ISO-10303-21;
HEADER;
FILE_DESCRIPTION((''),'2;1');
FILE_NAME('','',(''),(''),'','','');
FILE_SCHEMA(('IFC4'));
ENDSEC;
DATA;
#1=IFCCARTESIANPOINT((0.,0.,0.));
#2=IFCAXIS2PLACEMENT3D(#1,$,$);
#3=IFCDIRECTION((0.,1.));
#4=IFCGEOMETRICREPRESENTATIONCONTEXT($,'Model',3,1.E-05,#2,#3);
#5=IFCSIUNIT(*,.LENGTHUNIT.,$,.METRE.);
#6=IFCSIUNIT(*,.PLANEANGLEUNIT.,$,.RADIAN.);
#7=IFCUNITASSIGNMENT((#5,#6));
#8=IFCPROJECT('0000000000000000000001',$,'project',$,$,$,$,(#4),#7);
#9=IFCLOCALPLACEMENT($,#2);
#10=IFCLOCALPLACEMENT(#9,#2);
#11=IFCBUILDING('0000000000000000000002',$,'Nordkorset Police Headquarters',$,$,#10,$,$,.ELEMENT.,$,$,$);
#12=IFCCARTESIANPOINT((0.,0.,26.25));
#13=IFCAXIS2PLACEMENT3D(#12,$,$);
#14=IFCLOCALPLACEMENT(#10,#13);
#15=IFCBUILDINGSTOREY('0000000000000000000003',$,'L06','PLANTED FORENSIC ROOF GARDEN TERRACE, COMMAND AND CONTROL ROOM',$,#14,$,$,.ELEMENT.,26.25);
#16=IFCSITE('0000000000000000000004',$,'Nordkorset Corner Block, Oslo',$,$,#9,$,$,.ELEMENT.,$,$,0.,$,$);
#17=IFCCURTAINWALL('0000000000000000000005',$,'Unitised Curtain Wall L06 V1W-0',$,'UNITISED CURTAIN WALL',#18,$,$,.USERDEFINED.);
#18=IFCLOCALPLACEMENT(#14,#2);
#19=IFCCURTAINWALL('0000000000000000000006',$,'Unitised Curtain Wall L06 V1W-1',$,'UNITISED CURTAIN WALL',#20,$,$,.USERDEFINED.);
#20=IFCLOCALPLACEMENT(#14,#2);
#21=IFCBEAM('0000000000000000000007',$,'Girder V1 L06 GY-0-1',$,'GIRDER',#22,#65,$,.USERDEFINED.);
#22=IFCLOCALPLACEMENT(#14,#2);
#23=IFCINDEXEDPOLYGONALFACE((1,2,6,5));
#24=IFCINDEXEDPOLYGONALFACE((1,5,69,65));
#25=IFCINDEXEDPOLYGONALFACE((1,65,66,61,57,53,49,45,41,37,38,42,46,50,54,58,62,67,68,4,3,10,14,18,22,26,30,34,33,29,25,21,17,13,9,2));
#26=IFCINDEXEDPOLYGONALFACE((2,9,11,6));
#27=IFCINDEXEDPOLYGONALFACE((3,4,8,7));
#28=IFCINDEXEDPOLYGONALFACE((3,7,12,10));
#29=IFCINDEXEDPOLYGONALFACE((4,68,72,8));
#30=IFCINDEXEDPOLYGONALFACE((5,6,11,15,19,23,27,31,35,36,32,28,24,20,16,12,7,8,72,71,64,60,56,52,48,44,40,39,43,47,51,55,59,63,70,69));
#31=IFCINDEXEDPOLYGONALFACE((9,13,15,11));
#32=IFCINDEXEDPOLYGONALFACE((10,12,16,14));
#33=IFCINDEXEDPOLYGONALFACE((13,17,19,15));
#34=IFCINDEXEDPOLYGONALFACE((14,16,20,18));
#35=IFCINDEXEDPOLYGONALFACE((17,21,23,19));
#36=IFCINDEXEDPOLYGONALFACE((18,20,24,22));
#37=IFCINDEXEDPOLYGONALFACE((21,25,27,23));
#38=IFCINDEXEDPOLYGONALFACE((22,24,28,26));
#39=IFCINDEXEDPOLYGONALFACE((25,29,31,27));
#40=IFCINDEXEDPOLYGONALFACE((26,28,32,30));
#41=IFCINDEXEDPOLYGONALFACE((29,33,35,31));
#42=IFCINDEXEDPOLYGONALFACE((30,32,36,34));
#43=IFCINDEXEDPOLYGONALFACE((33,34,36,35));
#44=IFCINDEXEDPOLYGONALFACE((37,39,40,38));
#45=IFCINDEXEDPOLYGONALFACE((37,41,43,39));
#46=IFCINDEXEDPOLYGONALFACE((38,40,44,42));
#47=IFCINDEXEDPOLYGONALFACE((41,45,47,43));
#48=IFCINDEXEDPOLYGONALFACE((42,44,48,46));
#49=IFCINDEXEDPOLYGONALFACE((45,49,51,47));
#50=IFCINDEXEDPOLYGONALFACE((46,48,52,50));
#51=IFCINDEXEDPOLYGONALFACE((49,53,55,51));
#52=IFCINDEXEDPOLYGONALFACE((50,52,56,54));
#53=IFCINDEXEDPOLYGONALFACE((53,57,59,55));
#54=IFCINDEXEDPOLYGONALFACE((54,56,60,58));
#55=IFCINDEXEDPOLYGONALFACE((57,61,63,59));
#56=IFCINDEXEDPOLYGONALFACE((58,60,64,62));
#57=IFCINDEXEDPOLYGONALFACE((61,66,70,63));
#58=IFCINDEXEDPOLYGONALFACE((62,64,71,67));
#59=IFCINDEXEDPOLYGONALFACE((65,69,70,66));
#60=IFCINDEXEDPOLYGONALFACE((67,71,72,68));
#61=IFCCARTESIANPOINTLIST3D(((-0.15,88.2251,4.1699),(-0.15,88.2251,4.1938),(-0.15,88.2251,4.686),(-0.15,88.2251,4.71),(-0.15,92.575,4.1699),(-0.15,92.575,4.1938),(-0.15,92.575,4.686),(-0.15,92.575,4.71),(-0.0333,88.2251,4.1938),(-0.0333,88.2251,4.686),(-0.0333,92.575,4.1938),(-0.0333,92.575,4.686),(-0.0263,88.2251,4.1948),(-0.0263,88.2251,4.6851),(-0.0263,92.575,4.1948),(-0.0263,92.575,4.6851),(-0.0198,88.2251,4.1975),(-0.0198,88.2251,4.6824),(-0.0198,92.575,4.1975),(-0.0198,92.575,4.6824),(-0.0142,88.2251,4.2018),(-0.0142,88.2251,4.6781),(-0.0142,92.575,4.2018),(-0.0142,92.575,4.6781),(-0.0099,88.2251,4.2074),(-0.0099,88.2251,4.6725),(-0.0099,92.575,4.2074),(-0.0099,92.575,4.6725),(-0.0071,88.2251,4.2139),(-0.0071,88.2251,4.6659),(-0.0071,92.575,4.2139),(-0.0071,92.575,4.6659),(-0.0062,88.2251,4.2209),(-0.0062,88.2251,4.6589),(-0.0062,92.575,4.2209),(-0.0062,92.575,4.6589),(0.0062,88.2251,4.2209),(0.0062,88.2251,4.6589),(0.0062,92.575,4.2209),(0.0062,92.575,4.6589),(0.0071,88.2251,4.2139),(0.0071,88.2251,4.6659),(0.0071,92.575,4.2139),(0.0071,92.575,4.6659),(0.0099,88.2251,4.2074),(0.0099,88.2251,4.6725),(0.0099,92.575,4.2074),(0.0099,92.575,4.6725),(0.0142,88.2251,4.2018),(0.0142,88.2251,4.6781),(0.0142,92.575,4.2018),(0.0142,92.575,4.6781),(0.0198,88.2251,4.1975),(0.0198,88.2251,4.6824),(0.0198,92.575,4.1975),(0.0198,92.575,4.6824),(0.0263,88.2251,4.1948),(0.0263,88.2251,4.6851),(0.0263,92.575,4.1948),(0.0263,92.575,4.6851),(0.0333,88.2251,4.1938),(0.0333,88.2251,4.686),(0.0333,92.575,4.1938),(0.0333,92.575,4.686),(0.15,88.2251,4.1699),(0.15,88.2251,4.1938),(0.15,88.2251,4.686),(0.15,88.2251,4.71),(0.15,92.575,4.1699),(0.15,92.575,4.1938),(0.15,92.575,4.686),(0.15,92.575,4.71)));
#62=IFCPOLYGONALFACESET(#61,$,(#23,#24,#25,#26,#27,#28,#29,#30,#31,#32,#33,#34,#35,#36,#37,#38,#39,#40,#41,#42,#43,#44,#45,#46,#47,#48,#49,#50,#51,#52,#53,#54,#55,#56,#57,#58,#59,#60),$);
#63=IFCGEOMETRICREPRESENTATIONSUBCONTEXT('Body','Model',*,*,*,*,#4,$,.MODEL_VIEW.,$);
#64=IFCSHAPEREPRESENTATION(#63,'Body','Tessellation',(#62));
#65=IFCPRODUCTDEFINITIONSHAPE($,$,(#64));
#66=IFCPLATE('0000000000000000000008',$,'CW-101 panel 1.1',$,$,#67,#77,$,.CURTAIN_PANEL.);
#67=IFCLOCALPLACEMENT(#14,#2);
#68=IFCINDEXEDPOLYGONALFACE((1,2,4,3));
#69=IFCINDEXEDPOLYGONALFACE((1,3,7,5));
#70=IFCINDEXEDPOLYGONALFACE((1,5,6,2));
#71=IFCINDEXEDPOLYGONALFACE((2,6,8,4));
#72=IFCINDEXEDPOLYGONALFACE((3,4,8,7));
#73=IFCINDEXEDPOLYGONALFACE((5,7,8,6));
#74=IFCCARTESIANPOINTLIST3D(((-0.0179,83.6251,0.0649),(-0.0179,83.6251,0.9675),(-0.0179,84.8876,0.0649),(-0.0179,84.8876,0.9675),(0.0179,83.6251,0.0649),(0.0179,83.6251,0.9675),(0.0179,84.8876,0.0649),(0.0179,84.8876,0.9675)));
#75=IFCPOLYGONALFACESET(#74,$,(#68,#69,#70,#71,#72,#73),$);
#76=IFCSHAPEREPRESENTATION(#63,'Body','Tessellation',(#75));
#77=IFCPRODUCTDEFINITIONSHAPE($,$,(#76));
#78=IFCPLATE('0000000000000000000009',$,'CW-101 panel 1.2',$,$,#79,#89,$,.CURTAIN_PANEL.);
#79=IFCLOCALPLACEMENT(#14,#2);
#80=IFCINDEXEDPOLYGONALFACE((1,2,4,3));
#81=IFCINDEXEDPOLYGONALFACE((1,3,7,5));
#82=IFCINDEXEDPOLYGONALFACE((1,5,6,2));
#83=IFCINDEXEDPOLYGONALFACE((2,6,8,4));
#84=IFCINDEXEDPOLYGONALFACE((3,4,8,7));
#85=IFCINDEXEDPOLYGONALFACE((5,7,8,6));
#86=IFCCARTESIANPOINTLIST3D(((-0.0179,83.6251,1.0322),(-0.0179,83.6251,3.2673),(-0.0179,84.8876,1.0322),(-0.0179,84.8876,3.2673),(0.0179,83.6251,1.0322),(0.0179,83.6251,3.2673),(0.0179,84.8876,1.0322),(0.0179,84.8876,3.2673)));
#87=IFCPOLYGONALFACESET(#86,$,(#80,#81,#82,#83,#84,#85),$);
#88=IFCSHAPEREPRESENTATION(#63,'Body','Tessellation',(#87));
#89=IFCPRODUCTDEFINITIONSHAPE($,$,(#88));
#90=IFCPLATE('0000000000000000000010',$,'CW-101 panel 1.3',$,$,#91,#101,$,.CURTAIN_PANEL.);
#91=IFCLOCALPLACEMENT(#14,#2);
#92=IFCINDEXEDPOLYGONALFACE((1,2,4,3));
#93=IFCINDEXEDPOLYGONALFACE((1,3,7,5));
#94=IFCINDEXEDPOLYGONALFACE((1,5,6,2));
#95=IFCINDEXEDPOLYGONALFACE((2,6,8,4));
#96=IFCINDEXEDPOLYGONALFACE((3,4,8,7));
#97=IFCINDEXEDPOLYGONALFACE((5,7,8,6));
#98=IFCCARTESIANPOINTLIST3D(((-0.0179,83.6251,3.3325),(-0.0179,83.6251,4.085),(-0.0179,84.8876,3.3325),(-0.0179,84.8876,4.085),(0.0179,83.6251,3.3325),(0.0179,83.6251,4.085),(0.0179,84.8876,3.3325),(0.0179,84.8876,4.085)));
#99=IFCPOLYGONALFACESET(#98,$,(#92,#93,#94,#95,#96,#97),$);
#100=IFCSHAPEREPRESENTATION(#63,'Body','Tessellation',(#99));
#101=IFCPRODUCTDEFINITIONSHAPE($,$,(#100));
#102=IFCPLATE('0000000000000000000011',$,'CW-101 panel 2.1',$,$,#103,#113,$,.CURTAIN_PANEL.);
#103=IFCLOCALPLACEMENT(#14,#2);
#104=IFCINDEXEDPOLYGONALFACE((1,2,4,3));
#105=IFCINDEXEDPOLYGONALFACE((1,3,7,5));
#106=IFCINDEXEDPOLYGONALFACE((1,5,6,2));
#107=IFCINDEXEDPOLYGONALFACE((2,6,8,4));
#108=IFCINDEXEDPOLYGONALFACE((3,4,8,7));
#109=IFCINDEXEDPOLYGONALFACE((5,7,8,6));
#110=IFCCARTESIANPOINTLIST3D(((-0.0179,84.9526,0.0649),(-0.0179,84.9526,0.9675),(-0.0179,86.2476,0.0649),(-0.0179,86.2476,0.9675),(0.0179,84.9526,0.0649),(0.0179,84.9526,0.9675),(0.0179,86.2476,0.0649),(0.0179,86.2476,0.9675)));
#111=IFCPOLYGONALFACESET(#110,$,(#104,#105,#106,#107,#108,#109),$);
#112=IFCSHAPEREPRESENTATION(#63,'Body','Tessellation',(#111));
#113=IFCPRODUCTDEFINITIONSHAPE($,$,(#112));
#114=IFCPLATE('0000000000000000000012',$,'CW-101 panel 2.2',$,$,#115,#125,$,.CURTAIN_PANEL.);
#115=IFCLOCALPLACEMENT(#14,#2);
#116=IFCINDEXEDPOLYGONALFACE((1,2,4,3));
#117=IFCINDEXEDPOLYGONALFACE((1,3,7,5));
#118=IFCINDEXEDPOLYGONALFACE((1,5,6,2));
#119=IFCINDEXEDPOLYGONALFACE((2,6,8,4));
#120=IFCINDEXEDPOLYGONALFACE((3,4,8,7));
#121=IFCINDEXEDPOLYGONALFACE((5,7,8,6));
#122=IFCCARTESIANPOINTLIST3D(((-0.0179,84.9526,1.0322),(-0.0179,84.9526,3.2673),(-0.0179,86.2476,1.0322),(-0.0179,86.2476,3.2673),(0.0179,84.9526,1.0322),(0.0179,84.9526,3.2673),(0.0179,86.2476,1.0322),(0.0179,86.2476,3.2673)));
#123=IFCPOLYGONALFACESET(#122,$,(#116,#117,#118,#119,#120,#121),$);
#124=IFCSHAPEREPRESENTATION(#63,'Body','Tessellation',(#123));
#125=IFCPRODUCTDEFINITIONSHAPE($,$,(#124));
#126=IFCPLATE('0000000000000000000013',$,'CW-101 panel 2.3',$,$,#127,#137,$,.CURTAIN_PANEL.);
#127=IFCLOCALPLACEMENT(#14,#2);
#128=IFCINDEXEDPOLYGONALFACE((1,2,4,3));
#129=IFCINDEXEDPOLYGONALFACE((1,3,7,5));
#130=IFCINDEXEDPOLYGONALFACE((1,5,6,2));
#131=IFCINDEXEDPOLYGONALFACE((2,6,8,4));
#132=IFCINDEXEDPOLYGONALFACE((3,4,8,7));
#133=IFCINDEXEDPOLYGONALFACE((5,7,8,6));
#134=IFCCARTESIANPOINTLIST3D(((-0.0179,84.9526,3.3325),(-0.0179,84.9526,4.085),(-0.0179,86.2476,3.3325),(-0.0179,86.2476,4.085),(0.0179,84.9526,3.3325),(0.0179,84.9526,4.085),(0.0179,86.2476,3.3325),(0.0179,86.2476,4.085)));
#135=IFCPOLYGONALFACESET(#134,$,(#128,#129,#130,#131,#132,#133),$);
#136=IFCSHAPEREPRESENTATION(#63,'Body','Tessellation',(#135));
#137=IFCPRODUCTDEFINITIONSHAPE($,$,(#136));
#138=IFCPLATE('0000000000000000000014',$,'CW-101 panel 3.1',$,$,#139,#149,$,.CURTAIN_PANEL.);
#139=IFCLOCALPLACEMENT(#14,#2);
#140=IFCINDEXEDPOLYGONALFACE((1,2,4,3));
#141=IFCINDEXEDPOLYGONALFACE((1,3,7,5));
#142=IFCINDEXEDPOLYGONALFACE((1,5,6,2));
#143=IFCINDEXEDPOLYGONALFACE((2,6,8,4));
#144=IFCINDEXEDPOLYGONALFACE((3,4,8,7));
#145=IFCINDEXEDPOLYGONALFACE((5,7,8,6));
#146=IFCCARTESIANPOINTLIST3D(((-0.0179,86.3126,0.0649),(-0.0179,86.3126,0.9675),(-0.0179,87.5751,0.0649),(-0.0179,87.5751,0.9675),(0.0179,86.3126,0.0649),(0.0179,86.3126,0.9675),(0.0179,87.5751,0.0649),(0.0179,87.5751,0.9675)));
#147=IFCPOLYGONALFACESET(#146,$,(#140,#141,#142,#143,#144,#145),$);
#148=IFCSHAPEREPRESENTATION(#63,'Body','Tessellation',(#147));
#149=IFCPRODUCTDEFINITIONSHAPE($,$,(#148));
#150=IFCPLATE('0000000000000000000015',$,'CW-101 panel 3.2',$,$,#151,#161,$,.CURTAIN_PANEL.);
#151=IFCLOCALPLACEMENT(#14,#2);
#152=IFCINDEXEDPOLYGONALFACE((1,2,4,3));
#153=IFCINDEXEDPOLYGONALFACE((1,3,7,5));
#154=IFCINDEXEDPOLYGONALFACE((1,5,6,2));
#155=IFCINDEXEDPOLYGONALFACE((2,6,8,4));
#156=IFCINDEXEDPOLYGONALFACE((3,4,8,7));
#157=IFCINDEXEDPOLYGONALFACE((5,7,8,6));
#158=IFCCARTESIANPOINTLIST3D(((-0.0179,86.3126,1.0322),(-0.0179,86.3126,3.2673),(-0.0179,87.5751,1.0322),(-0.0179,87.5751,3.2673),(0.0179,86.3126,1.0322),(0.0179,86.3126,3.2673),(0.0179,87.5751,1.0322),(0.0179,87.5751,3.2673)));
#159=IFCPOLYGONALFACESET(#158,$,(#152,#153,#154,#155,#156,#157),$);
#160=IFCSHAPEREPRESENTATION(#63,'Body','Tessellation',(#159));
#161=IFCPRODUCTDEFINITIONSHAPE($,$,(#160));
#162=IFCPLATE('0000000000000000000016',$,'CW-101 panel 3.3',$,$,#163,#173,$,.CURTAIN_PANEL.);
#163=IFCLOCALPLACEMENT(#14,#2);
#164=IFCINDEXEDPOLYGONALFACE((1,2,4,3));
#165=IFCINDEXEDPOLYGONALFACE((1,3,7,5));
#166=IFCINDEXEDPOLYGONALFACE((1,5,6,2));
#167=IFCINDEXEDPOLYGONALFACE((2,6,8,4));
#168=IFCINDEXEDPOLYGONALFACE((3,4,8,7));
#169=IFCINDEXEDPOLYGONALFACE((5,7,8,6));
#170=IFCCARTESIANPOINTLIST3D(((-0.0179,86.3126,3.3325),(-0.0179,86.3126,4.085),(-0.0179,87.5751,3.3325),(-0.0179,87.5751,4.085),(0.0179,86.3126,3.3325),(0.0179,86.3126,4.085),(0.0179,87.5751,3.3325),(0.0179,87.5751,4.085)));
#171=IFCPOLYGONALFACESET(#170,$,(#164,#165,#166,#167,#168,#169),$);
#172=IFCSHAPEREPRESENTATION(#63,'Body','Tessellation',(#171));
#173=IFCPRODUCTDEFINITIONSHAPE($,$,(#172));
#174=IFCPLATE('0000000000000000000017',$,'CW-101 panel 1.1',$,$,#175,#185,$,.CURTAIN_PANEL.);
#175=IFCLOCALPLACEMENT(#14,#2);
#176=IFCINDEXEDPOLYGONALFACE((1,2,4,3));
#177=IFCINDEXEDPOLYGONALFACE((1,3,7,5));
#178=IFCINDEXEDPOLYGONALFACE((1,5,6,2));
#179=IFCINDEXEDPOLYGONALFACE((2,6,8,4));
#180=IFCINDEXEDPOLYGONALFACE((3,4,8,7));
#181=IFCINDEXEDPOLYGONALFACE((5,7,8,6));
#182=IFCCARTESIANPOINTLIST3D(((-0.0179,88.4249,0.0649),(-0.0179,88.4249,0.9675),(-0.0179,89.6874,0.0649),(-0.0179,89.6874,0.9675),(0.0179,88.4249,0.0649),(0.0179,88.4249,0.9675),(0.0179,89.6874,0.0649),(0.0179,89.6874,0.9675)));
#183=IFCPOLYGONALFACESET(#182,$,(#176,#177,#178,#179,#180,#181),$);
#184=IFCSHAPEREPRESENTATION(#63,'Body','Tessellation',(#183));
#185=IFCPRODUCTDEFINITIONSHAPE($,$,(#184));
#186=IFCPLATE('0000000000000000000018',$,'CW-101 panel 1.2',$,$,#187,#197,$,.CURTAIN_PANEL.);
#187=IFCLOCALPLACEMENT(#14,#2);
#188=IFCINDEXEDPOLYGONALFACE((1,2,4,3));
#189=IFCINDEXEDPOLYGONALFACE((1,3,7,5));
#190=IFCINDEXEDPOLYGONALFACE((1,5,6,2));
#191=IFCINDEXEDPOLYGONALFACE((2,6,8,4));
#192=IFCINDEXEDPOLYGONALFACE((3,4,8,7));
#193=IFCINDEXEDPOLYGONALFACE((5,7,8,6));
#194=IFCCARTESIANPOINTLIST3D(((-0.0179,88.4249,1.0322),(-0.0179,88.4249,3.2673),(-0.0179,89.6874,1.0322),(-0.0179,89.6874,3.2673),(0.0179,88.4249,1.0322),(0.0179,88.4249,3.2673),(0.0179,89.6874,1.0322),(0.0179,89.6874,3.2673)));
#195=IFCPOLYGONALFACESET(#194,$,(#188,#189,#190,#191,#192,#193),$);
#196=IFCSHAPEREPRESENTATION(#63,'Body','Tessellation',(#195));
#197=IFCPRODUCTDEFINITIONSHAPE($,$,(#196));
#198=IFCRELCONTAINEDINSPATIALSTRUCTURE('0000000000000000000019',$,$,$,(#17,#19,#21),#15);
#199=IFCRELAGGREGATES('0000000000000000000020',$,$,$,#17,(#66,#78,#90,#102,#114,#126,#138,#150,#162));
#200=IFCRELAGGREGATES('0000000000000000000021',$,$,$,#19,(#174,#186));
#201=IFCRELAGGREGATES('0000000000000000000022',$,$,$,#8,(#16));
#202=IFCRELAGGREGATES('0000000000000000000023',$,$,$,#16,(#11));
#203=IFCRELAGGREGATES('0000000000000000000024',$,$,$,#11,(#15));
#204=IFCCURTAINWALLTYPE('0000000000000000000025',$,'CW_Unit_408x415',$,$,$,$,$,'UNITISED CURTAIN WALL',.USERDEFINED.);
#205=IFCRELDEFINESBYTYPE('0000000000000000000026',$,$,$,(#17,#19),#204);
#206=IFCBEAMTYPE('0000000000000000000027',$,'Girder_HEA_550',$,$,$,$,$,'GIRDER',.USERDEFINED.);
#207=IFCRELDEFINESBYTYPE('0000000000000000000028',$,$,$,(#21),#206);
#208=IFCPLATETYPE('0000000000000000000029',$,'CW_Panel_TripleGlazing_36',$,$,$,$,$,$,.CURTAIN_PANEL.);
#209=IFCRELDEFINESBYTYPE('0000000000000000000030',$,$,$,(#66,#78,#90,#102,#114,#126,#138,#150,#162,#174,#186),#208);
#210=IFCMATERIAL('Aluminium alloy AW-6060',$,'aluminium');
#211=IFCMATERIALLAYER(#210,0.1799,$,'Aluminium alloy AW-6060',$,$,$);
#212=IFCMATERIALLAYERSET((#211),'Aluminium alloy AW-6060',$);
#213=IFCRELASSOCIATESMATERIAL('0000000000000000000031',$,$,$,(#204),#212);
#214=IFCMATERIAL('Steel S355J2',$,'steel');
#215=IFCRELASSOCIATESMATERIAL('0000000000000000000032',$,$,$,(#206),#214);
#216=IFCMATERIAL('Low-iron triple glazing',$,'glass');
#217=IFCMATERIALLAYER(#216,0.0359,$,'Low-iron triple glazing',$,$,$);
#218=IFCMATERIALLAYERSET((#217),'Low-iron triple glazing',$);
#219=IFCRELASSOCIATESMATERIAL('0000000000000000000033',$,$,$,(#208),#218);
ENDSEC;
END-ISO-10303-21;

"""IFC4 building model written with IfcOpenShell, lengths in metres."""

from ifc_helpers import new_model, si_unit, direction, frame, origin, origin_2d, place, context, subcontext, project, spatial, rectangle, i_section, extrude, material, layer, layer_set, material_profile, profile_set, type_object, element, aggregate, save


model = new_model("IFC4")

# Units and contexts
model_context = context("Model", 3, precision=1e-05, world=origin(), true_north=direction((0.0, 1.0)))
body_context = subcontext(model_context, "Body", "Model", "MODEL_VIEW")
ifc_project = project(units=[si_unit("LENGTHUNIT", "METRE"), si_unit("PLANEANGLEUNIT", "RADIAN")], contexts=[model_context])

# Site, building, storey
site_placement = place(None, origin())
site = spatial("IfcSite", under=ifc_project, at=site_placement, Name="Nordkorset Corner Block, Oslo", CompositionType="ELEMENT", RefElevation=0.0)
building_placement = place(site_placement, origin())
building = spatial("IfcBuilding", under=site, at=building_placement, Name="Nordkorset Police Headquarters", CompositionType="ELEMENT")
storey_placement = place(building_placement, frame((0.0, 0.0, 26.25)))
storey = spatial("IfcBuildingStorey", under=building, at=storey_placement, Name="L06", Description="PLANTED FORENSIC ROOF GARDEN TERRACE, COMMAND AND CONTROL ROOM", CompositionType="ELEMENT", Elevation=26.25)

# Curtain wall
ifc_material_1 = material(Name="Aluminium alloy AW-6060", Category="aluminium")
ifc_layer_1 = layer(ifc_material_1, 0.1799, Name="Aluminium alloy AW-6060")
ifc_layer_set_1 = layer_set([ifc_layer_1], Name="Aluminium alloy AW-6060")
curtain_wall_type = type_object("IfcCurtainWallType", Name="CW_Unit_408x415", ElementType="UNITISED CURTAIN WALL", PredefinedType="USERDEFINED", material=ifc_layer_set_1)
curtain_wall_1_placement = place(storey_placement, origin())
curtain_wall_1 = element("IfcCurtainWall", 1, at=curtain_wall_1_placement, inside=storey, type_object=curtain_wall_type, Name="Unitised Curtain Wall L06 V1W-0", ObjectType="UNITISED CURTAIN WALL", PredefinedType="USERDEFINED")

# Curtain wall
curtain_wall_2_placement = place(storey_placement, origin())
curtain_wall_2 = element("IfcCurtainWall", 2, at=curtain_wall_2_placement, inside=storey, type_object=curtain_wall_type, Name="Unitised Curtain Wall L06 V1W-1", ObjectType="UNITISED CURTAIN WALL", PredefinedType="USERDEFINED")

# Beam
ifc_material_2 = material(Name="Steel S355J2", Category="steel")
ifc_material_profile_1 = material_profile(ifc_material_2, i_section(OverallWidth=0.3, OverallDepth=0.54, WebThickness=0.0125, FlangeThickness=0.0239, FilletRadius=0.0271, at=origin_2d()), Name="HEA 550")
ifc_profile_set_1 = profile_set([ifc_material_profile_1], Name="Steel S355J2")
beam_type = type_object("IfcBeamType", Name="Girder_HEA_550", ElementType="GIRDER", PredefinedType="USERDEFINED", material=ifc_profile_set_1)
for number, where, z_axis, x_axis, name in (
    (3, (0.0, 88.2251, 4.4399), (0.0, 1.0, 0.0), (-1.0, 0.0, 0.0), "Girder V1 L06 GY-0-1"),
):
    element("IfcBeam", number, at=place(storey_placement, frame(where, z_axis=z_axis, x_axis=x_axis)), inside=storey, type_object=beam_type, Name=name, ObjectType="GIRDER", PredefinedType="USERDEFINED", context=body_context, shape_type="SweptSolid", body=[
        extrude(i_section(OverallWidth=0.3, OverallDepth=0.54, WebThickness=0.0125, FlangeThickness=0.0239, FilletRadius=0.0271, at=origin_2d()), origin(), (0.0, 0.0, 1.0), 4.3499),
    ])

# Plates
ifc_material_3 = material(Name="Low-iron triple glazing", Category="glass")
ifc_layer_2 = layer(ifc_material_3, 0.0359, Name="Low-iron triple glazing")
ifc_layer_set_2 = layer_set([ifc_layer_2], Name="Low-iron triple glazing")
plate_type = type_object("IfcPlateType", Name="CW_Panel_TripleGlazing_36", PredefinedType="CURTAIN_PANEL", material=ifc_layer_set_2)
plate_1_placement = place(storey_placement, frame((0.0, 84.2563, 0.0649), z_axis=(0.0, 0.0, 1.0), x_axis=(0.0, 1.0, 0.0)))
plate_1 = element("IfcPlate", 4, at=plate_1_placement, type_object=plate_type, Name="CW-101 panel 1.1", PredefinedType="CURTAIN_PANEL", context=body_context, shape_type="SweptSolid", body=[
    extrude(rectangle(XDim=1.2625, YDim=0.0359, at=origin_2d()), origin(), (0.0, 0.0, 1.0), 0.9026),
])
plate_2_placement = place(storey_placement, frame((0.0, 84.2563, 1.0322), z_axis=(0.0, 0.0, 1.0), x_axis=(0.0, 1.0, 0.0)))
plate_2 = element("IfcPlate", 5, at=plate_2_placement, type_object=plate_type, Name="CW-101 panel 1.2", PredefinedType="CURTAIN_PANEL", context=body_context, shape_type="SweptSolid", body=[
    extrude(rectangle(XDim=1.2625, YDim=0.0359, at=origin_2d()), origin(), (0.0, 0.0, 1.0), 2.2351),
])
plate_3_placement = place(storey_placement, frame((0.0, 84.2563, 3.3325), z_axis=(0.0, 0.0, 1.0), x_axis=(0.0, 1.0, 0.0)))
plate_3 = element("IfcPlate", 6, at=plate_3_placement, type_object=plate_type, Name="CW-101 panel 1.3", PredefinedType="CURTAIN_PANEL", context=body_context, shape_type="SweptSolid", body=[
    extrude(rectangle(XDim=1.2625, YDim=0.0359, at=origin_2d()), origin(), (0.0, 0.0, 1.0), 0.7524),
])
plate_4_placement = place(storey_placement, frame((0.0, 85.6001, 0.0649), z_axis=(0.0, 0.0, 1.0), x_axis=(0.0, 1.0, 0.0)))
plate_4 = element("IfcPlate", 7, at=plate_4_placement, type_object=plate_type, Name="CW-101 panel 2.1", PredefinedType="CURTAIN_PANEL", context=body_context, shape_type="SweptSolid", body=[
    extrude(rectangle(XDim=1.2949, YDim=0.0359, at=origin_2d()), origin(), (0.0, 0.0, 1.0), 0.9026),
])
plate_5_placement = place(storey_placement, frame((0.0, 85.6001, 1.0322), z_axis=(0.0, 0.0, 1.0), x_axis=(0.0, 1.0, 0.0)))
plate_5 = element("IfcPlate", 8, at=plate_5_placement, type_object=plate_type, Name="CW-101 panel 2.2", PredefinedType="CURTAIN_PANEL", context=body_context, shape_type="SweptSolid", body=[
    extrude(rectangle(XDim=1.2949, YDim=0.0359, at=origin_2d()), origin(), (0.0, 0.0, 1.0), 2.2351),
])
plate_6_placement = place(storey_placement, frame((0.0, 85.6001, 3.3325), z_axis=(0.0, 0.0, 1.0), x_axis=(0.0, 1.0, 0.0)))
plate_6 = element("IfcPlate", 9, at=plate_6_placement, type_object=plate_type, Name="CW-101 panel 2.3", PredefinedType="CURTAIN_PANEL", context=body_context, shape_type="SweptSolid", body=[
    extrude(rectangle(XDim=1.2949, YDim=0.0359, at=origin_2d()), origin(), (0.0, 0.0, 1.0), 0.7524),
])
plate_7_placement = place(storey_placement, frame((0.0, 86.9438, 0.0649), z_axis=(0.0, 0.0, 1.0), x_axis=(0.0, 1.0, 0.0)))
plate_7 = element("IfcPlate", 10, at=plate_7_placement, type_object=plate_type, Name="CW-101 panel 3.1", PredefinedType="CURTAIN_PANEL", context=body_context, shape_type="SweptSolid", body=[
    extrude(rectangle(XDim=1.2625, YDim=0.0359, at=origin_2d()), origin(), (0.0, 0.0, 1.0), 0.9026),
])
plate_8_placement = place(storey_placement, frame((0.0, 86.9438, 1.0322), z_axis=(0.0, 0.0, 1.0), x_axis=(0.0, 1.0, 0.0)))
plate_8 = element("IfcPlate", 11, at=plate_8_placement, type_object=plate_type, Name="CW-101 panel 3.2", PredefinedType="CURTAIN_PANEL", context=body_context, shape_type="SweptSolid", body=[
    extrude(rectangle(XDim=1.2625, YDim=0.0359, at=origin_2d()), origin(), (0.0, 0.0, 1.0), 2.2351),
])
plate_9_placement = place(storey_placement, frame((0.0, 86.9438, 3.3325), z_axis=(0.0, 0.0, 1.0), x_axis=(0.0, 1.0, 0.0)))
plate_9 = element("IfcPlate", 12, at=plate_9_placement, type_object=plate_type, Name="CW-101 panel 3.3", PredefinedType="CURTAIN_PANEL", context=body_context, shape_type="SweptSolid", body=[
    extrude(rectangle(XDim=1.2625, YDim=0.0359, at=origin_2d()), origin(), (0.0, 0.0, 1.0), 0.7524),
])
aggregate(curtain_wall_1, [plate_1, plate_2, plate_3, plate_4, plate_5, plate_6, plate_7, plate_8, plate_9])
plate_10_placement = place(storey_placement, frame((0.0, 89.0562, 0.0649), z_axis=(0.0, 0.0, 1.0), x_axis=(0.0, 1.0, 0.0)))
plate_10 = element("IfcPlate", 13, at=plate_10_placement, type_object=plate_type, Name="CW-101 panel 1.1", PredefinedType="CURTAIN_PANEL", context=body_context, shape_type="SweptSolid", body=[
    extrude(rectangle(XDim=1.2625, YDim=0.0359, at=origin_2d()), origin(), (0.0, 0.0, 1.0), 0.9026),
])
plate_11_placement = place(storey_placement, frame((0.0, 89.0562, 1.0322), z_axis=(0.0, 0.0, 1.0), x_axis=(0.0, 1.0, 0.0)))
plate_11 = element("IfcPlate", 14, at=plate_11_placement, type_object=plate_type, Name="CW-101 panel 1.2", PredefinedType="CURTAIN_PANEL", context=body_context, shape_type="SweptSolid", body=[
    extrude(rectangle(XDim=1.2625, YDim=0.0359, at=origin_2d()), origin(), (0.0, 0.0, 1.0), 2.2351),
])
aggregate(curtain_wall_2, [plate_10, plate_11])

save(model, "model.ifc")
